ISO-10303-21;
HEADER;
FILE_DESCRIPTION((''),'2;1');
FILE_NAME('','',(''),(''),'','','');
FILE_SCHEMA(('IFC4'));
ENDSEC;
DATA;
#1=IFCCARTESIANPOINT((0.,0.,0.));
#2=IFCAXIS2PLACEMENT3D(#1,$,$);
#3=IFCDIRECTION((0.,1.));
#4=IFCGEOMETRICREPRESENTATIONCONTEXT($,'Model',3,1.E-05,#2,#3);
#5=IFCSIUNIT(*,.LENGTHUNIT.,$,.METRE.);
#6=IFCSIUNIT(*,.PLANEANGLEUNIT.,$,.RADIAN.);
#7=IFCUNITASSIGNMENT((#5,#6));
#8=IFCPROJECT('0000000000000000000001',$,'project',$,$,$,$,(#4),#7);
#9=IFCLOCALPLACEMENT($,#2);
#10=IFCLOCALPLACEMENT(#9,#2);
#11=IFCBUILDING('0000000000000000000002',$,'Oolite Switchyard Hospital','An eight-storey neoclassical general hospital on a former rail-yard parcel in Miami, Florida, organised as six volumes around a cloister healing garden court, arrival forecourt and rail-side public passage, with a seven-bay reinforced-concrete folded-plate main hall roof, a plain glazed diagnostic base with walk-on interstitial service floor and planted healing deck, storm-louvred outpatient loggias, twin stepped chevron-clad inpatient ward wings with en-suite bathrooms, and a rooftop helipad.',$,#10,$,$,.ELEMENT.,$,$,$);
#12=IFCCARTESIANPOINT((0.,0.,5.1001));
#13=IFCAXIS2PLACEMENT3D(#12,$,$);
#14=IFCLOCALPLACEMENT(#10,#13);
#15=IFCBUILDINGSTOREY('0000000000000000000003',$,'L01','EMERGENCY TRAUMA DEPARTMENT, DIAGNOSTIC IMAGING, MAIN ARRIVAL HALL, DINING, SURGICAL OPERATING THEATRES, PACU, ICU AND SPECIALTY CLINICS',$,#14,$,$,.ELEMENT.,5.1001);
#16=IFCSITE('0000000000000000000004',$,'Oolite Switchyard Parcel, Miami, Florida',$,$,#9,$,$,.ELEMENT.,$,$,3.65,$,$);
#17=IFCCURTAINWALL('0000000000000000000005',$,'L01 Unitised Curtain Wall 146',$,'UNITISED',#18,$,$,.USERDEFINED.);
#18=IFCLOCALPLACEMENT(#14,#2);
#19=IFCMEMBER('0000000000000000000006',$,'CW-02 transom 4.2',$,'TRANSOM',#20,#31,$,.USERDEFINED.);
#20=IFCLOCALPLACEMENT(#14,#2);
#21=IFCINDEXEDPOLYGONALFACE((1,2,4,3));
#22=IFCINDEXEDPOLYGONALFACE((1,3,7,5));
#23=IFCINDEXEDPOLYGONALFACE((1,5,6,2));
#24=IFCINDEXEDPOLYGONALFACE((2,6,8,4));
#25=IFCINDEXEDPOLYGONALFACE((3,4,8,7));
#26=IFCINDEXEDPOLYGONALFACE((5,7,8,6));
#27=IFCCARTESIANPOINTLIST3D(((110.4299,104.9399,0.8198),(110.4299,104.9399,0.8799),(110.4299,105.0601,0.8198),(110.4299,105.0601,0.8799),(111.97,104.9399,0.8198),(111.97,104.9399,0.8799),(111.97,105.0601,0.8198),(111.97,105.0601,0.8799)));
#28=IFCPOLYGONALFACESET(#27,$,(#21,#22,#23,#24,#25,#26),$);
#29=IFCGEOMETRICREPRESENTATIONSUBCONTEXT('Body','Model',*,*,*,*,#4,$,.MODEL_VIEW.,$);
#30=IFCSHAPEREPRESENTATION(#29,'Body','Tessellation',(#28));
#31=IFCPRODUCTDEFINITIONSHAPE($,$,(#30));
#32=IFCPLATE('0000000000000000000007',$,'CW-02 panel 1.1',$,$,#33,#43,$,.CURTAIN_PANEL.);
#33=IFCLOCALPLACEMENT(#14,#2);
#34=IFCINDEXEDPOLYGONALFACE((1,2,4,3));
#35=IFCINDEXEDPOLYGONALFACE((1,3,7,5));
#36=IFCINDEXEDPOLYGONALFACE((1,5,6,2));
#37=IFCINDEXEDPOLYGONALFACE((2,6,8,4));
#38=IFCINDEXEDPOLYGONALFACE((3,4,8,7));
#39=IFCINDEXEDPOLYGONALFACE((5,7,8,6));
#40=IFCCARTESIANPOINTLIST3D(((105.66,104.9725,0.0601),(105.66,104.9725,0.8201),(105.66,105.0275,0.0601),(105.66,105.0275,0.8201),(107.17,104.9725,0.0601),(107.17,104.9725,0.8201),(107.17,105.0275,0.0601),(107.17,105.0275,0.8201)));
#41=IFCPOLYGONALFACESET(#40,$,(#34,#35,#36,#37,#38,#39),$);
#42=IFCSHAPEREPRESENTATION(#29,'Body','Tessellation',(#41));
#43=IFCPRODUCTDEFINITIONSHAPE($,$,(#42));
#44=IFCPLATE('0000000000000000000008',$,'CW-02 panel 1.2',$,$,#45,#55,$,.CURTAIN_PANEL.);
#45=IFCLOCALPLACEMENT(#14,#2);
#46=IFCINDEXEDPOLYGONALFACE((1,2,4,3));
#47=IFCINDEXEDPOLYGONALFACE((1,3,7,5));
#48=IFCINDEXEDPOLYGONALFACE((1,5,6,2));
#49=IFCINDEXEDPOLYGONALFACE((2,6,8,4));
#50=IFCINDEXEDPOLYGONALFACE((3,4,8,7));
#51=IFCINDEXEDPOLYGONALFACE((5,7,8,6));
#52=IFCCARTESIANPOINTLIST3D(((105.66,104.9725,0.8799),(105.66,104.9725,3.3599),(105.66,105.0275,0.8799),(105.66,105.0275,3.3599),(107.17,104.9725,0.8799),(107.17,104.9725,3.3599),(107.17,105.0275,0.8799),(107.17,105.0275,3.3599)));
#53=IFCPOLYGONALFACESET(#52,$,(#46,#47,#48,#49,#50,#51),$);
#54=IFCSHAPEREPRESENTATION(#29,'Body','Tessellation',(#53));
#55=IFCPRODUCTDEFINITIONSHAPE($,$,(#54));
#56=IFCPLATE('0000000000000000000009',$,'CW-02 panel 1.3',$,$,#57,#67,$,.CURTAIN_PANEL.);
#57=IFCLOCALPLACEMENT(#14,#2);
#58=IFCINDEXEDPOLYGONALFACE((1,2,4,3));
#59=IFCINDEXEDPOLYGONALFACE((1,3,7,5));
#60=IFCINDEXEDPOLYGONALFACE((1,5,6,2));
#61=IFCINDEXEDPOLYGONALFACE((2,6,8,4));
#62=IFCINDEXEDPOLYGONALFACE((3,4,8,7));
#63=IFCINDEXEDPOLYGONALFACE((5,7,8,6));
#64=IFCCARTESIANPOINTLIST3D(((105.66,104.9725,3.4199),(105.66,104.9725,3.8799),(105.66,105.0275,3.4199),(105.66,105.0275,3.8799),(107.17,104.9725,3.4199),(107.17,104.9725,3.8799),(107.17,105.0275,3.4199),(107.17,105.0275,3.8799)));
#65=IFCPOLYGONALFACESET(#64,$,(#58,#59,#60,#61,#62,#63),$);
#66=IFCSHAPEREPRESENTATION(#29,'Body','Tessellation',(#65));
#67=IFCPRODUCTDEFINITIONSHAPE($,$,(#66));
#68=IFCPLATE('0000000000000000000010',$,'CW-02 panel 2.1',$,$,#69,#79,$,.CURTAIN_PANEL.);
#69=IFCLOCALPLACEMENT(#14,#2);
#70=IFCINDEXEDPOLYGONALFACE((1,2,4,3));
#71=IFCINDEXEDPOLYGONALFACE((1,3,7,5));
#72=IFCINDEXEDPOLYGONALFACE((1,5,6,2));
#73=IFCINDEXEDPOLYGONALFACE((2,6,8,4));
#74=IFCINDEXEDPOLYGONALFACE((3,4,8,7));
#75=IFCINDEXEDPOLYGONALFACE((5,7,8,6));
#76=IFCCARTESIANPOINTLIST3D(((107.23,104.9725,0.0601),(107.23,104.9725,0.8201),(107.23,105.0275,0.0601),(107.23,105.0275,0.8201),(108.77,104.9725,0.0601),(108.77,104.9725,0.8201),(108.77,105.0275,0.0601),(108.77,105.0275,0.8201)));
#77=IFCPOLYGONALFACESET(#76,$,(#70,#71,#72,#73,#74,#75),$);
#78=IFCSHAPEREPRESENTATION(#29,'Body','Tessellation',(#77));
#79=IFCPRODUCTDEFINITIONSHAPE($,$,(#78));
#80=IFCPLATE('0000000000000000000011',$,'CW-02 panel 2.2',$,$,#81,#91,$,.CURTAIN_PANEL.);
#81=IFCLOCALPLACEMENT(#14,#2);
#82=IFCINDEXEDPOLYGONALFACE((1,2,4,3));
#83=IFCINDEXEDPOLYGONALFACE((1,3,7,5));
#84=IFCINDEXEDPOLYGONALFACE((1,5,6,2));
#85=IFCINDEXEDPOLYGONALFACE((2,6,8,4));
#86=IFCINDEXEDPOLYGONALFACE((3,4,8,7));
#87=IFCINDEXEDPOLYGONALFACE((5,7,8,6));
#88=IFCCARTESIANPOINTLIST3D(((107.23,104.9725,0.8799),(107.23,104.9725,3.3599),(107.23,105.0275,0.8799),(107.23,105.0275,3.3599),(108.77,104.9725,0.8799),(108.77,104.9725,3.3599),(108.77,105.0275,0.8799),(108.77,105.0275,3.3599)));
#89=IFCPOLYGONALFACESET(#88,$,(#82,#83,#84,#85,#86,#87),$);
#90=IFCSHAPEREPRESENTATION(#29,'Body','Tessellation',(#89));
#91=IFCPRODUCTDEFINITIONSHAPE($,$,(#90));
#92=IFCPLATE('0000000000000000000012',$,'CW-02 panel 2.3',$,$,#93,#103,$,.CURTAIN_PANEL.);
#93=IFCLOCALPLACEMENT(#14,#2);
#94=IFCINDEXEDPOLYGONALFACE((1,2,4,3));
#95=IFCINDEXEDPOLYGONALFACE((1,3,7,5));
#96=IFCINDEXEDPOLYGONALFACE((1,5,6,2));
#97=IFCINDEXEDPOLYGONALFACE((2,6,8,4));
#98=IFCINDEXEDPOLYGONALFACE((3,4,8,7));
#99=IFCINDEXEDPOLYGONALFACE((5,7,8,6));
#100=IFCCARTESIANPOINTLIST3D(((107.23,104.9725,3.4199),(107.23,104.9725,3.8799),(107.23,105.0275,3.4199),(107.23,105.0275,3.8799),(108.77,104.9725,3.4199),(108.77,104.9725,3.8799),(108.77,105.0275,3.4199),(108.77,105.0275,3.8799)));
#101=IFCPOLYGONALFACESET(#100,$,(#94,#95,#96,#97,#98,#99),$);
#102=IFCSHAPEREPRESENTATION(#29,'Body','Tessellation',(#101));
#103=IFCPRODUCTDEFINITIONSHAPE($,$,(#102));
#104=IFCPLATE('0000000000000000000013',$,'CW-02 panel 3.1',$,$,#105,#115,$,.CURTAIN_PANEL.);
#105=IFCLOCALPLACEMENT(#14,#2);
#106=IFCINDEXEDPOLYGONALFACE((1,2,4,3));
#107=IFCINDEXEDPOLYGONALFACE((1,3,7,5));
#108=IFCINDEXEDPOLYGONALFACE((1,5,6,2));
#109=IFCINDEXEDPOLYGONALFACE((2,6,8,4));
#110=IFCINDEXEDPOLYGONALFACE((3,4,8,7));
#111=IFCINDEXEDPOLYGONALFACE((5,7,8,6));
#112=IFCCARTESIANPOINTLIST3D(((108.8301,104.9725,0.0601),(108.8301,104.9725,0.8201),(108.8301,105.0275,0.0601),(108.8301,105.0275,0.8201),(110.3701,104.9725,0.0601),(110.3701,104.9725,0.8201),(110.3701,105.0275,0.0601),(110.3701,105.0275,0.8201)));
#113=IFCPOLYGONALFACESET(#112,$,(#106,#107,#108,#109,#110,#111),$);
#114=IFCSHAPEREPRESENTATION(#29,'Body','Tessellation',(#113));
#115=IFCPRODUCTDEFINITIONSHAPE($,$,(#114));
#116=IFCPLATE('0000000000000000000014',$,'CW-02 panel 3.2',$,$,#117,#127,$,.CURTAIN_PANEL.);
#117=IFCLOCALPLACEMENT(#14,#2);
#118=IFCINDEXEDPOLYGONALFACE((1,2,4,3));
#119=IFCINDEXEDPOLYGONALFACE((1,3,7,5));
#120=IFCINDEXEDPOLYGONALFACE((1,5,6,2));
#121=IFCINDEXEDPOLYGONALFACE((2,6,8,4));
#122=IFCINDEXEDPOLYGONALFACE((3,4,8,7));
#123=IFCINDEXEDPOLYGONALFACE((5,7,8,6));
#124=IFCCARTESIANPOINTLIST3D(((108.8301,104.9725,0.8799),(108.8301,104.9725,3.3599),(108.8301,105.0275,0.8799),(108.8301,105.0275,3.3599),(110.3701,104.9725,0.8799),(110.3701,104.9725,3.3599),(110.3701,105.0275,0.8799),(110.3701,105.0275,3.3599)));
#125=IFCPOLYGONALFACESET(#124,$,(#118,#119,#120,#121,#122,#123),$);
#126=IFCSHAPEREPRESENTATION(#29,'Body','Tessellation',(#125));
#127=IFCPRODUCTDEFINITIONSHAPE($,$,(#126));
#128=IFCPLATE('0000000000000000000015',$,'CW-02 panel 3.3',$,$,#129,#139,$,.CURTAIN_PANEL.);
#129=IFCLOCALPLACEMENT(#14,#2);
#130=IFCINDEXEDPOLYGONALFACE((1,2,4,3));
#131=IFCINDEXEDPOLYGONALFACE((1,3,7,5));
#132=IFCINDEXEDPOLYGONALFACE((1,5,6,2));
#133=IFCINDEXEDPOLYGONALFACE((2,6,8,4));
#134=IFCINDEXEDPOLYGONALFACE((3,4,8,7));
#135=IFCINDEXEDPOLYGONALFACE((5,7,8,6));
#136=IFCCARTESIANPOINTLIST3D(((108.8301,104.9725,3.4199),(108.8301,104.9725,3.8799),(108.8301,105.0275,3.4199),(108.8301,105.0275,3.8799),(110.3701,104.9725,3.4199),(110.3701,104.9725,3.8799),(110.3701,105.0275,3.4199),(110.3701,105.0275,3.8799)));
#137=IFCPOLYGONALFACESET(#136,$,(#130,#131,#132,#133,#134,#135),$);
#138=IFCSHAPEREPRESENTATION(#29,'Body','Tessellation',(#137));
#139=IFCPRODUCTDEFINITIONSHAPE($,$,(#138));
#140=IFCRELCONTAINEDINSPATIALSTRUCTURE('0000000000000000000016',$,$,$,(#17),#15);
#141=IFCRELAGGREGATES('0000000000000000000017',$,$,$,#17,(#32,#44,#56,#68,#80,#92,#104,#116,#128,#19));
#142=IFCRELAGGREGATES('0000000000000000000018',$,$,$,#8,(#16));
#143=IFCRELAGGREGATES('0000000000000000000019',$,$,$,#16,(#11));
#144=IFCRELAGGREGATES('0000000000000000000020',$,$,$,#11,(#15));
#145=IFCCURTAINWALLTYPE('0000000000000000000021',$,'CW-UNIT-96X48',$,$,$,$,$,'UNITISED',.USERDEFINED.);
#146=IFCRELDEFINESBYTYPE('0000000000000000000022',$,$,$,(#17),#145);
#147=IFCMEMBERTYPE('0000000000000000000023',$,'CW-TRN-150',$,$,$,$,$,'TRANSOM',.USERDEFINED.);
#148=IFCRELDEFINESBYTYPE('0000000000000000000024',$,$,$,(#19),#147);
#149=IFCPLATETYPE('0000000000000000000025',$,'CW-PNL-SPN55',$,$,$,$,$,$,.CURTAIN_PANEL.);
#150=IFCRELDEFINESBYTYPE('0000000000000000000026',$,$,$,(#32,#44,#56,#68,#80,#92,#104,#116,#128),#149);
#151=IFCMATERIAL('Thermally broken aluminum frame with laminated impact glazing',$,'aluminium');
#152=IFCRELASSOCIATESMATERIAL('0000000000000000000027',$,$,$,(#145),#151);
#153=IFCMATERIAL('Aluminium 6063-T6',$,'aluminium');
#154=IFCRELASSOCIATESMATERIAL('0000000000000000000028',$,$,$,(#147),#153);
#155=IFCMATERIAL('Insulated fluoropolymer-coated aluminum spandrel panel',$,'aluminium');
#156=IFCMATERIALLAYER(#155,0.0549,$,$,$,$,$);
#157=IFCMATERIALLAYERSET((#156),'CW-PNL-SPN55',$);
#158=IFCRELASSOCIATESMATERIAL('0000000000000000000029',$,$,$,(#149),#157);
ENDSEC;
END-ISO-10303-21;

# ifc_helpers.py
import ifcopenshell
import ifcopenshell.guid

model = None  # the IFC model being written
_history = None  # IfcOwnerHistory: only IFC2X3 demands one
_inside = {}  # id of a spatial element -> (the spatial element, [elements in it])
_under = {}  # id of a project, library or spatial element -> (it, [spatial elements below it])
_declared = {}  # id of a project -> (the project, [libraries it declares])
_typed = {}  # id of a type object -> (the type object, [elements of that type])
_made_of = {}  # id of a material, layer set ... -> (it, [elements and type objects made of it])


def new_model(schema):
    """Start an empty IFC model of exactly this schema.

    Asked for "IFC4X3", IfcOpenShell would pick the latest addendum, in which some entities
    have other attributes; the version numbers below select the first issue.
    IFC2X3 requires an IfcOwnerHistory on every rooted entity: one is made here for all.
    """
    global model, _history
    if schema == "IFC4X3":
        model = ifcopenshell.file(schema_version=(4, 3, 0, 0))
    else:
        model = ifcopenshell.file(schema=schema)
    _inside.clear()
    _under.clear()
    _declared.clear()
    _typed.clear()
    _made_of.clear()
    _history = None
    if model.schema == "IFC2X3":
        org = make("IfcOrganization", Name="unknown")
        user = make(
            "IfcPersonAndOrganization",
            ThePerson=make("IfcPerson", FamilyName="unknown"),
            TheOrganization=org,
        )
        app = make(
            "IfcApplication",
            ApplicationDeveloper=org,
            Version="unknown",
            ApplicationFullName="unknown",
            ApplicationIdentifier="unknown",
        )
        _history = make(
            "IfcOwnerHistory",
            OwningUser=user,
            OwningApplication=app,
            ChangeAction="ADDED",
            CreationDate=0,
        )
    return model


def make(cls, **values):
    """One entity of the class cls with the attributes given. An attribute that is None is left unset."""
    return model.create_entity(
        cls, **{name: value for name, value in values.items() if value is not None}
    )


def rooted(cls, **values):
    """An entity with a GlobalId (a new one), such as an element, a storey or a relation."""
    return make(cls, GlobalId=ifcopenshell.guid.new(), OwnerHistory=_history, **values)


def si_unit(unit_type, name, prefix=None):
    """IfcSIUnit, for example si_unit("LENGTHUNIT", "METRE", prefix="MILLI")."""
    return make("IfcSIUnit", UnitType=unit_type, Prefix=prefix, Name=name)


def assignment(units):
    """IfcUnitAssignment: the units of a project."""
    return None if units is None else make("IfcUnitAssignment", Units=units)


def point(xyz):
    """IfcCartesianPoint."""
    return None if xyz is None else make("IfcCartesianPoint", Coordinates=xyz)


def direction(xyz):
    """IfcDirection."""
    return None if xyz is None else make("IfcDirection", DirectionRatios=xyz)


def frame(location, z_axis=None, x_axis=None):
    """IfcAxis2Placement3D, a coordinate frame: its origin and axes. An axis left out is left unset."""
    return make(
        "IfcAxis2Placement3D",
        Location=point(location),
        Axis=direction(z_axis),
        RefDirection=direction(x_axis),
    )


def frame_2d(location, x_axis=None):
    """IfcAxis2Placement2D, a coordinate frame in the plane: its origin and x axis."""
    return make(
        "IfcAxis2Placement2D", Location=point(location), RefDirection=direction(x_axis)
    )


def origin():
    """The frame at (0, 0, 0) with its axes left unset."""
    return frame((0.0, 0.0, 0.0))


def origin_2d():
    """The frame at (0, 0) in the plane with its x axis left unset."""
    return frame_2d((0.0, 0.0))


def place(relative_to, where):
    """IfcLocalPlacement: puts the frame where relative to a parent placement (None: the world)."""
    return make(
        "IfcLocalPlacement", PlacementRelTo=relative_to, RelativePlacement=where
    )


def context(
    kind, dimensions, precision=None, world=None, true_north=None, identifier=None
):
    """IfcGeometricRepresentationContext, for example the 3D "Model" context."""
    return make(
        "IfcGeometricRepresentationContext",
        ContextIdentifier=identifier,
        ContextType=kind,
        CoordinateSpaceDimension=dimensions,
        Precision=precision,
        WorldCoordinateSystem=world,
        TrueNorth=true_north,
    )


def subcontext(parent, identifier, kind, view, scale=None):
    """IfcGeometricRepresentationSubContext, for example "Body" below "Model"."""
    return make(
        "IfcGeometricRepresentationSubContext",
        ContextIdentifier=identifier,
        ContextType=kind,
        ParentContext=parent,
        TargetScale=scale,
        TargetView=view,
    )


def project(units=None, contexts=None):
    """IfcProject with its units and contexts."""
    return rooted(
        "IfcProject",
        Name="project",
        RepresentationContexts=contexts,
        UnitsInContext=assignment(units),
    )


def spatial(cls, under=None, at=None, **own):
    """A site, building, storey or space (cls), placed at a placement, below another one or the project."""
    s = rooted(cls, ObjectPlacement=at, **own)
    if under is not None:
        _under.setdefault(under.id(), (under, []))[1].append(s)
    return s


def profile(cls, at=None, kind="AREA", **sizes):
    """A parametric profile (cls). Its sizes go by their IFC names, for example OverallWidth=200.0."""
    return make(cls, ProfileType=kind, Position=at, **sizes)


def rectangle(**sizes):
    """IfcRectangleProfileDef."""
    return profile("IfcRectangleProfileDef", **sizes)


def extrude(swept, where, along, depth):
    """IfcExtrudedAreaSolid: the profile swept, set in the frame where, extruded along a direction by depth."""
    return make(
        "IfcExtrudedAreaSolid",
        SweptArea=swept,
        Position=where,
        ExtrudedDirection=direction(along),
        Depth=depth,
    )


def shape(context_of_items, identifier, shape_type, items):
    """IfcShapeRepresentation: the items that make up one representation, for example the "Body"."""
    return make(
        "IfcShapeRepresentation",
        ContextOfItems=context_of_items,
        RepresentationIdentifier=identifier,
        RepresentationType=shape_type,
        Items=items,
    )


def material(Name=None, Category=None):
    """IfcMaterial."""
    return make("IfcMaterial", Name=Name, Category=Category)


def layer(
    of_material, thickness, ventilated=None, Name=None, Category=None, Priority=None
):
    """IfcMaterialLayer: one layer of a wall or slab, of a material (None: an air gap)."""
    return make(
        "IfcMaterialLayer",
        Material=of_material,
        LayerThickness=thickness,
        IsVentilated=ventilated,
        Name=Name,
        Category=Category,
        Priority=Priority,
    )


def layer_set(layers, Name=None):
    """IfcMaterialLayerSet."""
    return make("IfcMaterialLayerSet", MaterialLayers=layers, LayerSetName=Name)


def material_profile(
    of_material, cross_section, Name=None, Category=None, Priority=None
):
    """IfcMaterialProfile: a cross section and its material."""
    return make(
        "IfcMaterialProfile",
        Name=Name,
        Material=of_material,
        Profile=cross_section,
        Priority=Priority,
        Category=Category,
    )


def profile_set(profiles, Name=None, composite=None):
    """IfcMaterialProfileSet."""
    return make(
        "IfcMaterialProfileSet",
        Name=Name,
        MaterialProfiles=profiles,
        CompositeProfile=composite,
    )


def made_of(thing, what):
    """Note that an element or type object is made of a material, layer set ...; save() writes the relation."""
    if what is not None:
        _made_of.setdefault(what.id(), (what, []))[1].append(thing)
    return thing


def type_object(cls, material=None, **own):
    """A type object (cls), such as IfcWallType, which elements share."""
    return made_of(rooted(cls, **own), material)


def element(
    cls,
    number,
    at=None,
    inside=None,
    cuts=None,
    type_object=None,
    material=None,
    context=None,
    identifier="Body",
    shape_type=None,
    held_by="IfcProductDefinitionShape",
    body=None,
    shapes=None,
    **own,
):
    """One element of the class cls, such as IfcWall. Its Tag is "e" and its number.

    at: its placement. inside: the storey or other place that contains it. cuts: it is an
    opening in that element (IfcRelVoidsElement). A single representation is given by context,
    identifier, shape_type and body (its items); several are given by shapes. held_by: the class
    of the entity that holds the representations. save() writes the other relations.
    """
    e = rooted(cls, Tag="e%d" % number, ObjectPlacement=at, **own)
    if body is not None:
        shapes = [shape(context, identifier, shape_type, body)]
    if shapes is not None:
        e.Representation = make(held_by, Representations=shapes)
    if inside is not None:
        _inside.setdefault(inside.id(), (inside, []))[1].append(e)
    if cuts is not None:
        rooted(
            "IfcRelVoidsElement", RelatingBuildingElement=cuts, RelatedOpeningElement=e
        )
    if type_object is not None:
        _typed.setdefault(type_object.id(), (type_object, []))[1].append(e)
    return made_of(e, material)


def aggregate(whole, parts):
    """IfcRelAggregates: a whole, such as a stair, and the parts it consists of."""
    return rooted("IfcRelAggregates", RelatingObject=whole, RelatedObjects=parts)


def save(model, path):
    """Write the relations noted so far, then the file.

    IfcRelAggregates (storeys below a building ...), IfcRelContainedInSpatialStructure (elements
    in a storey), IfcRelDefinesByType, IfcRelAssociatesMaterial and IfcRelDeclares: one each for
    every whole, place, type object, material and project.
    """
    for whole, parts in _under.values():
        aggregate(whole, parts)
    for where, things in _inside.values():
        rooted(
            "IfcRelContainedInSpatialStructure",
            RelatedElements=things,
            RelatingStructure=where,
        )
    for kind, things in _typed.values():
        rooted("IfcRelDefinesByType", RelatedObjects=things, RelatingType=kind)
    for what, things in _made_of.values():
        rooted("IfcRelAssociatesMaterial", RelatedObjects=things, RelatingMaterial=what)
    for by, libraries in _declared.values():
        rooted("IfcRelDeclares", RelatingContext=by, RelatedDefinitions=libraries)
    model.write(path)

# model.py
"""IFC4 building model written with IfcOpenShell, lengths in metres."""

from ifc_helpers import new_model, si_unit, direction, frame, origin, origin_2d, place, context, subcontext, project, spatial, rectangle, extrude, material, layer, layer_set, material_profile, profile_set, type_object, element, aggregate, save


model = new_model("IFC4")

# Units and contexts
model_context = context("Model", 3, precision=1e-05, world=origin(), true_north=direction((0.0, 1.0)))
body_context = subcontext(model_context, "Body", "Model", "MODEL_VIEW")
ifc_project = project(units=[si_unit("LENGTHUNIT", "METRE"), si_unit("PLANEANGLEUNIT", "RADIAN")], contexts=[model_context])

# Site, building, storey
site_placement = place(None, origin())
site = spatial("IfcSite", under=ifc_project, at=site_placement, Name="Oolite Switchyard Parcel, Miami, Florida", CompositionType="ELEMENT", RefElevation=3.65)
building_placement = place(site_placement, origin())
building = spatial("IfcBuilding", under=site, at=building_placement, Name="Oolite Switchyard Hospital", Description="An eight-storey neoclassical general hospital on a former rail-yard parcel in Miami, Florida, organised as six volumes around a cloister healing garden court, arrival forecourt and rail-side public passage, with a seven-bay reinforced-concrete folded-plate main hall roof, a plain glazed diagnostic base with walk-on interstitial service floor and planted healing deck, storm-louvred outpatient loggias, twin stepped chevron-clad inpatient ward wings with en-suite bathrooms, and a rooftop helipad.", CompositionType="ELEMENT")
storey_placement = place(building_placement, frame((0.0, 0.0, 5.1001)))
storey = spatial("IfcBuildingStorey", under=building, at=storey_placement, Name="L01", Description="EMERGENCY TRAUMA DEPARTMENT, DIAGNOSTIC IMAGING, MAIN ARRIVAL HALL, DINING, SURGICAL OPERATING THEATRES, PACU, ICU AND SPECIALTY CLINICS", CompositionType="ELEMENT", Elevation=5.1001)

# Curtain wall, member, plates
ifc_material_1 = material(Name="Thermally broken aluminum frame with laminated impact glazing", Category="aluminium")
curtain_wall_type = type_object("IfcCurtainWallType", Name="CW-UNIT-96X48", ElementType="UNITISED", PredefinedType="USERDEFINED", material=ifc_material_1)
curtain_wall_placement = place(storey_placement, origin())
curtain_wall = element("IfcCurtainWall", 1, at=curtain_wall_placement, inside=storey, type_object=curtain_wall_type, Name="L01 Unitised Curtain Wall 146", ObjectType="UNITISED", PredefinedType="USERDEFINED")
ifc_material_2 = material(Name="Aluminium 6063-T6", Category="aluminium")
ifc_material_profile_1 = material_profile(ifc_material_2, rectangle(XDim=0.1201, YDim=0.0601, at=origin_2d()), Name="CWT60X120")
ifc_profile_set_1 = profile_set([ifc_material_profile_1], Name="Aluminium 6063-T6")
member_type_1 = type_object("IfcMemberType", Name="CW-TRN-150", ElementType="TRANSOM", PredefinedType="USERDEFINED", material=ifc_profile_set_1)
member_1_placement = place(storey_placement, frame((110.4299, 105.0, 0.8499), z_axis=(1.0, 0.0, 0.0), x_axis=(0.0, 1.0, 0.0)))
member_1 = element("IfcMember", 2, at=member_1_placement, type_object=member_type_1, Name="CW-02 transom 4.2", ObjectType="TRANSOM", PredefinedType="USERDEFINED", context=body_context, shape_type="SweptSolid", body=[
    extrude(rectangle(XDim=0.1201, YDim=0.0601, at=origin_2d()), origin(), (0.0, 0.0, 1.0), 1.54),
])
ifc_material_3 = material(Name="Insulated fluoropolymer-coated aluminum spandrel panel", Category="aluminium")
ifc_layer = layer(ifc_material_3, 0.0549)
ifc_layer_set = layer_set([ifc_layer], Name="CW-PNL-SPN55")
plate_type = type_object("IfcPlateType", Name="CW-PNL-SPN55", PredefinedType="CURTAIN_PANEL", material=ifc_layer_set)
plate_1_placement = place(storey_placement, frame((106.415, 105.0, 0.0601), z_axis=(0.0, 0.0, 1.0), x_axis=(1.0, 0.0, 0.0)))
plate_1 = element("IfcPlate", 3, at=plate_1_placement, type_object=plate_type, Name="CW-02 panel 1.1", PredefinedType="CURTAIN_PANEL", context=body_context, shape_type="SweptSolid", body=[
    extrude(rectangle(XDim=1.51, YDim=0.0549, at=origin_2d()), origin(), (0.0, 0.0, 1.0), 0.76),
])
plate_2_placement = place(storey_placement, frame((106.415, 105.0, 0.8799), z_axis=(0.0, 0.0, 1.0), x_axis=(1.0, 0.0, 0.0)))
plate_2 = element("IfcPlate", 4, at=plate_2_placement, type_object=plate_type, Name="CW-02 panel 1.2", PredefinedType="CURTAIN_PANEL", context=body_context, shape_type="SweptSolid", body=[
    extrude(rectangle(XDim=1.51, YDim=0.0549, at=origin_2d()), origin(), (0.0, 0.0, 1.0), 2.48),
])
plate_3_placement = place(storey_placement, frame((106.415, 105.0, 3.4199), z_axis=(0.0, 0.0, 1.0), x_axis=(1.0, 0.0, 0.0)))
plate_3 = element("IfcPlate", 5, at=plate_3_placement, type_object=plate_type, Name="CW-02 panel 1.3", PredefinedType="CURTAIN_PANEL", context=body_context, shape_type="SweptSolid", body=[
    extrude(rectangle(XDim=1.51, YDim=0.0549, at=origin_2d()), origin(), (0.0, 0.0, 1.0), 0.46),
])
plate_4_placement = place(storey_placement, frame((108.0, 105.0, 0.0601), z_axis=(0.0, 0.0, 1.0), x_axis=(1.0, 0.0, 0.0)))
plate_4 = element("IfcPlate", 6, at=plate_4_placement, type_object=plate_type, Name="CW-02 panel 2.1", PredefinedType="CURTAIN_PANEL", context=body_context, shape_type="SweptSolid", body=[
    extrude(rectangle(XDim=1.54, YDim=0.0549, at=origin_2d()), origin(), (0.0, 0.0, 1.0), 0.76),
])
plate_5_placement = place(storey_placement, frame((108.0, 105.0, 0.8799), z_axis=(0.0, 0.0, 1.0), x_axis=(1.0, 0.0, 0.0)))
plate_5 = element("IfcPlate", 7, at=plate_5_placement, type_object=plate_type, Name="CW-02 panel 2.2", PredefinedType="CURTAIN_PANEL", context=body_context, shape_type="SweptSolid", body=[
    extrude(rectangle(XDim=1.54, YDim=0.0549, at=origin_2d()), origin(), (0.0, 0.0, 1.0), 2.48),
])
plate_6_placement = place(storey_placement, frame((108.0, 105.0, 3.4199), z_axis=(0.0, 0.0, 1.0), x_axis=(1.0, 0.0, 0.0)))
plate_6 = element("IfcPlate", 8, at=plate_6_placement, type_object=plate_type, Name="CW-02 panel 2.3", PredefinedType="CURTAIN_PANEL", context=body_context, shape_type="SweptSolid", body=[
    extrude(rectangle(XDim=1.54, YDim=0.0549, at=origin_2d()), origin(), (0.0, 0.0, 1.0), 0.46),
])
plate_7_placement = place(storey_placement, frame((109.6001, 105.0, 0.0601), z_axis=(0.0, 0.0, 1.0), x_axis=(1.0, 0.0, 0.0)))
plate_7 = element("IfcPlate", 9, at=plate_7_placement, type_object=plate_type, Name="CW-02 panel 3.1", PredefinedType="CURTAIN_PANEL", context=body_context, shape_type="SweptSolid", body=[
    extrude(rectangle(XDim=1.54, YDim=0.0549, at=origin_2d()), origin(), (0.0, 0.0, 1.0), 0.76),
])
plate_8_placement = place(storey_placement, frame((109.6001, 105.0, 0.8799), z_axis=(0.0, 0.0, 1.0), x_axis=(1.0, 0.0, 0.0)))
plate_8 = element("IfcPlate", 10, at=plate_8_placement, type_object=plate_type, Name="CW-02 panel 3.2", PredefinedType="CURTAIN_PANEL", context=body_context, shape_type="SweptSolid", body=[
    extrude(rectangle(XDim=1.54, YDim=0.0549, at=origin_2d()), origin(), (0.0, 0.0, 1.0), 2.48),
])
plate_9_placement = place(storey_placement, frame((109.6001, 105.0, 3.4199), z_axis=(0.0, 0.0, 1.0), x_axis=(1.0, 0.0, 0.0)))
plate_9 = element("IfcPlate", 11, at=plate_9_placement, type_object=plate_type, Name="CW-02 panel 3.3", PredefinedType="CURTAIN_PANEL", context=body_context, shape_type="SweptSolid", body=[
    extrude(rectangle(XDim=1.54, YDim=0.0549, at=origin_2d()), origin(), (0.0, 0.0, 1.0), 0.46),
])
aggregate(curtain_wall, [plate_1, plate_2, plate_3, plate_4, plate_5, plate_6, plate_7, plate_8, plate_9, member_1])

save(model, "model.ifc")
